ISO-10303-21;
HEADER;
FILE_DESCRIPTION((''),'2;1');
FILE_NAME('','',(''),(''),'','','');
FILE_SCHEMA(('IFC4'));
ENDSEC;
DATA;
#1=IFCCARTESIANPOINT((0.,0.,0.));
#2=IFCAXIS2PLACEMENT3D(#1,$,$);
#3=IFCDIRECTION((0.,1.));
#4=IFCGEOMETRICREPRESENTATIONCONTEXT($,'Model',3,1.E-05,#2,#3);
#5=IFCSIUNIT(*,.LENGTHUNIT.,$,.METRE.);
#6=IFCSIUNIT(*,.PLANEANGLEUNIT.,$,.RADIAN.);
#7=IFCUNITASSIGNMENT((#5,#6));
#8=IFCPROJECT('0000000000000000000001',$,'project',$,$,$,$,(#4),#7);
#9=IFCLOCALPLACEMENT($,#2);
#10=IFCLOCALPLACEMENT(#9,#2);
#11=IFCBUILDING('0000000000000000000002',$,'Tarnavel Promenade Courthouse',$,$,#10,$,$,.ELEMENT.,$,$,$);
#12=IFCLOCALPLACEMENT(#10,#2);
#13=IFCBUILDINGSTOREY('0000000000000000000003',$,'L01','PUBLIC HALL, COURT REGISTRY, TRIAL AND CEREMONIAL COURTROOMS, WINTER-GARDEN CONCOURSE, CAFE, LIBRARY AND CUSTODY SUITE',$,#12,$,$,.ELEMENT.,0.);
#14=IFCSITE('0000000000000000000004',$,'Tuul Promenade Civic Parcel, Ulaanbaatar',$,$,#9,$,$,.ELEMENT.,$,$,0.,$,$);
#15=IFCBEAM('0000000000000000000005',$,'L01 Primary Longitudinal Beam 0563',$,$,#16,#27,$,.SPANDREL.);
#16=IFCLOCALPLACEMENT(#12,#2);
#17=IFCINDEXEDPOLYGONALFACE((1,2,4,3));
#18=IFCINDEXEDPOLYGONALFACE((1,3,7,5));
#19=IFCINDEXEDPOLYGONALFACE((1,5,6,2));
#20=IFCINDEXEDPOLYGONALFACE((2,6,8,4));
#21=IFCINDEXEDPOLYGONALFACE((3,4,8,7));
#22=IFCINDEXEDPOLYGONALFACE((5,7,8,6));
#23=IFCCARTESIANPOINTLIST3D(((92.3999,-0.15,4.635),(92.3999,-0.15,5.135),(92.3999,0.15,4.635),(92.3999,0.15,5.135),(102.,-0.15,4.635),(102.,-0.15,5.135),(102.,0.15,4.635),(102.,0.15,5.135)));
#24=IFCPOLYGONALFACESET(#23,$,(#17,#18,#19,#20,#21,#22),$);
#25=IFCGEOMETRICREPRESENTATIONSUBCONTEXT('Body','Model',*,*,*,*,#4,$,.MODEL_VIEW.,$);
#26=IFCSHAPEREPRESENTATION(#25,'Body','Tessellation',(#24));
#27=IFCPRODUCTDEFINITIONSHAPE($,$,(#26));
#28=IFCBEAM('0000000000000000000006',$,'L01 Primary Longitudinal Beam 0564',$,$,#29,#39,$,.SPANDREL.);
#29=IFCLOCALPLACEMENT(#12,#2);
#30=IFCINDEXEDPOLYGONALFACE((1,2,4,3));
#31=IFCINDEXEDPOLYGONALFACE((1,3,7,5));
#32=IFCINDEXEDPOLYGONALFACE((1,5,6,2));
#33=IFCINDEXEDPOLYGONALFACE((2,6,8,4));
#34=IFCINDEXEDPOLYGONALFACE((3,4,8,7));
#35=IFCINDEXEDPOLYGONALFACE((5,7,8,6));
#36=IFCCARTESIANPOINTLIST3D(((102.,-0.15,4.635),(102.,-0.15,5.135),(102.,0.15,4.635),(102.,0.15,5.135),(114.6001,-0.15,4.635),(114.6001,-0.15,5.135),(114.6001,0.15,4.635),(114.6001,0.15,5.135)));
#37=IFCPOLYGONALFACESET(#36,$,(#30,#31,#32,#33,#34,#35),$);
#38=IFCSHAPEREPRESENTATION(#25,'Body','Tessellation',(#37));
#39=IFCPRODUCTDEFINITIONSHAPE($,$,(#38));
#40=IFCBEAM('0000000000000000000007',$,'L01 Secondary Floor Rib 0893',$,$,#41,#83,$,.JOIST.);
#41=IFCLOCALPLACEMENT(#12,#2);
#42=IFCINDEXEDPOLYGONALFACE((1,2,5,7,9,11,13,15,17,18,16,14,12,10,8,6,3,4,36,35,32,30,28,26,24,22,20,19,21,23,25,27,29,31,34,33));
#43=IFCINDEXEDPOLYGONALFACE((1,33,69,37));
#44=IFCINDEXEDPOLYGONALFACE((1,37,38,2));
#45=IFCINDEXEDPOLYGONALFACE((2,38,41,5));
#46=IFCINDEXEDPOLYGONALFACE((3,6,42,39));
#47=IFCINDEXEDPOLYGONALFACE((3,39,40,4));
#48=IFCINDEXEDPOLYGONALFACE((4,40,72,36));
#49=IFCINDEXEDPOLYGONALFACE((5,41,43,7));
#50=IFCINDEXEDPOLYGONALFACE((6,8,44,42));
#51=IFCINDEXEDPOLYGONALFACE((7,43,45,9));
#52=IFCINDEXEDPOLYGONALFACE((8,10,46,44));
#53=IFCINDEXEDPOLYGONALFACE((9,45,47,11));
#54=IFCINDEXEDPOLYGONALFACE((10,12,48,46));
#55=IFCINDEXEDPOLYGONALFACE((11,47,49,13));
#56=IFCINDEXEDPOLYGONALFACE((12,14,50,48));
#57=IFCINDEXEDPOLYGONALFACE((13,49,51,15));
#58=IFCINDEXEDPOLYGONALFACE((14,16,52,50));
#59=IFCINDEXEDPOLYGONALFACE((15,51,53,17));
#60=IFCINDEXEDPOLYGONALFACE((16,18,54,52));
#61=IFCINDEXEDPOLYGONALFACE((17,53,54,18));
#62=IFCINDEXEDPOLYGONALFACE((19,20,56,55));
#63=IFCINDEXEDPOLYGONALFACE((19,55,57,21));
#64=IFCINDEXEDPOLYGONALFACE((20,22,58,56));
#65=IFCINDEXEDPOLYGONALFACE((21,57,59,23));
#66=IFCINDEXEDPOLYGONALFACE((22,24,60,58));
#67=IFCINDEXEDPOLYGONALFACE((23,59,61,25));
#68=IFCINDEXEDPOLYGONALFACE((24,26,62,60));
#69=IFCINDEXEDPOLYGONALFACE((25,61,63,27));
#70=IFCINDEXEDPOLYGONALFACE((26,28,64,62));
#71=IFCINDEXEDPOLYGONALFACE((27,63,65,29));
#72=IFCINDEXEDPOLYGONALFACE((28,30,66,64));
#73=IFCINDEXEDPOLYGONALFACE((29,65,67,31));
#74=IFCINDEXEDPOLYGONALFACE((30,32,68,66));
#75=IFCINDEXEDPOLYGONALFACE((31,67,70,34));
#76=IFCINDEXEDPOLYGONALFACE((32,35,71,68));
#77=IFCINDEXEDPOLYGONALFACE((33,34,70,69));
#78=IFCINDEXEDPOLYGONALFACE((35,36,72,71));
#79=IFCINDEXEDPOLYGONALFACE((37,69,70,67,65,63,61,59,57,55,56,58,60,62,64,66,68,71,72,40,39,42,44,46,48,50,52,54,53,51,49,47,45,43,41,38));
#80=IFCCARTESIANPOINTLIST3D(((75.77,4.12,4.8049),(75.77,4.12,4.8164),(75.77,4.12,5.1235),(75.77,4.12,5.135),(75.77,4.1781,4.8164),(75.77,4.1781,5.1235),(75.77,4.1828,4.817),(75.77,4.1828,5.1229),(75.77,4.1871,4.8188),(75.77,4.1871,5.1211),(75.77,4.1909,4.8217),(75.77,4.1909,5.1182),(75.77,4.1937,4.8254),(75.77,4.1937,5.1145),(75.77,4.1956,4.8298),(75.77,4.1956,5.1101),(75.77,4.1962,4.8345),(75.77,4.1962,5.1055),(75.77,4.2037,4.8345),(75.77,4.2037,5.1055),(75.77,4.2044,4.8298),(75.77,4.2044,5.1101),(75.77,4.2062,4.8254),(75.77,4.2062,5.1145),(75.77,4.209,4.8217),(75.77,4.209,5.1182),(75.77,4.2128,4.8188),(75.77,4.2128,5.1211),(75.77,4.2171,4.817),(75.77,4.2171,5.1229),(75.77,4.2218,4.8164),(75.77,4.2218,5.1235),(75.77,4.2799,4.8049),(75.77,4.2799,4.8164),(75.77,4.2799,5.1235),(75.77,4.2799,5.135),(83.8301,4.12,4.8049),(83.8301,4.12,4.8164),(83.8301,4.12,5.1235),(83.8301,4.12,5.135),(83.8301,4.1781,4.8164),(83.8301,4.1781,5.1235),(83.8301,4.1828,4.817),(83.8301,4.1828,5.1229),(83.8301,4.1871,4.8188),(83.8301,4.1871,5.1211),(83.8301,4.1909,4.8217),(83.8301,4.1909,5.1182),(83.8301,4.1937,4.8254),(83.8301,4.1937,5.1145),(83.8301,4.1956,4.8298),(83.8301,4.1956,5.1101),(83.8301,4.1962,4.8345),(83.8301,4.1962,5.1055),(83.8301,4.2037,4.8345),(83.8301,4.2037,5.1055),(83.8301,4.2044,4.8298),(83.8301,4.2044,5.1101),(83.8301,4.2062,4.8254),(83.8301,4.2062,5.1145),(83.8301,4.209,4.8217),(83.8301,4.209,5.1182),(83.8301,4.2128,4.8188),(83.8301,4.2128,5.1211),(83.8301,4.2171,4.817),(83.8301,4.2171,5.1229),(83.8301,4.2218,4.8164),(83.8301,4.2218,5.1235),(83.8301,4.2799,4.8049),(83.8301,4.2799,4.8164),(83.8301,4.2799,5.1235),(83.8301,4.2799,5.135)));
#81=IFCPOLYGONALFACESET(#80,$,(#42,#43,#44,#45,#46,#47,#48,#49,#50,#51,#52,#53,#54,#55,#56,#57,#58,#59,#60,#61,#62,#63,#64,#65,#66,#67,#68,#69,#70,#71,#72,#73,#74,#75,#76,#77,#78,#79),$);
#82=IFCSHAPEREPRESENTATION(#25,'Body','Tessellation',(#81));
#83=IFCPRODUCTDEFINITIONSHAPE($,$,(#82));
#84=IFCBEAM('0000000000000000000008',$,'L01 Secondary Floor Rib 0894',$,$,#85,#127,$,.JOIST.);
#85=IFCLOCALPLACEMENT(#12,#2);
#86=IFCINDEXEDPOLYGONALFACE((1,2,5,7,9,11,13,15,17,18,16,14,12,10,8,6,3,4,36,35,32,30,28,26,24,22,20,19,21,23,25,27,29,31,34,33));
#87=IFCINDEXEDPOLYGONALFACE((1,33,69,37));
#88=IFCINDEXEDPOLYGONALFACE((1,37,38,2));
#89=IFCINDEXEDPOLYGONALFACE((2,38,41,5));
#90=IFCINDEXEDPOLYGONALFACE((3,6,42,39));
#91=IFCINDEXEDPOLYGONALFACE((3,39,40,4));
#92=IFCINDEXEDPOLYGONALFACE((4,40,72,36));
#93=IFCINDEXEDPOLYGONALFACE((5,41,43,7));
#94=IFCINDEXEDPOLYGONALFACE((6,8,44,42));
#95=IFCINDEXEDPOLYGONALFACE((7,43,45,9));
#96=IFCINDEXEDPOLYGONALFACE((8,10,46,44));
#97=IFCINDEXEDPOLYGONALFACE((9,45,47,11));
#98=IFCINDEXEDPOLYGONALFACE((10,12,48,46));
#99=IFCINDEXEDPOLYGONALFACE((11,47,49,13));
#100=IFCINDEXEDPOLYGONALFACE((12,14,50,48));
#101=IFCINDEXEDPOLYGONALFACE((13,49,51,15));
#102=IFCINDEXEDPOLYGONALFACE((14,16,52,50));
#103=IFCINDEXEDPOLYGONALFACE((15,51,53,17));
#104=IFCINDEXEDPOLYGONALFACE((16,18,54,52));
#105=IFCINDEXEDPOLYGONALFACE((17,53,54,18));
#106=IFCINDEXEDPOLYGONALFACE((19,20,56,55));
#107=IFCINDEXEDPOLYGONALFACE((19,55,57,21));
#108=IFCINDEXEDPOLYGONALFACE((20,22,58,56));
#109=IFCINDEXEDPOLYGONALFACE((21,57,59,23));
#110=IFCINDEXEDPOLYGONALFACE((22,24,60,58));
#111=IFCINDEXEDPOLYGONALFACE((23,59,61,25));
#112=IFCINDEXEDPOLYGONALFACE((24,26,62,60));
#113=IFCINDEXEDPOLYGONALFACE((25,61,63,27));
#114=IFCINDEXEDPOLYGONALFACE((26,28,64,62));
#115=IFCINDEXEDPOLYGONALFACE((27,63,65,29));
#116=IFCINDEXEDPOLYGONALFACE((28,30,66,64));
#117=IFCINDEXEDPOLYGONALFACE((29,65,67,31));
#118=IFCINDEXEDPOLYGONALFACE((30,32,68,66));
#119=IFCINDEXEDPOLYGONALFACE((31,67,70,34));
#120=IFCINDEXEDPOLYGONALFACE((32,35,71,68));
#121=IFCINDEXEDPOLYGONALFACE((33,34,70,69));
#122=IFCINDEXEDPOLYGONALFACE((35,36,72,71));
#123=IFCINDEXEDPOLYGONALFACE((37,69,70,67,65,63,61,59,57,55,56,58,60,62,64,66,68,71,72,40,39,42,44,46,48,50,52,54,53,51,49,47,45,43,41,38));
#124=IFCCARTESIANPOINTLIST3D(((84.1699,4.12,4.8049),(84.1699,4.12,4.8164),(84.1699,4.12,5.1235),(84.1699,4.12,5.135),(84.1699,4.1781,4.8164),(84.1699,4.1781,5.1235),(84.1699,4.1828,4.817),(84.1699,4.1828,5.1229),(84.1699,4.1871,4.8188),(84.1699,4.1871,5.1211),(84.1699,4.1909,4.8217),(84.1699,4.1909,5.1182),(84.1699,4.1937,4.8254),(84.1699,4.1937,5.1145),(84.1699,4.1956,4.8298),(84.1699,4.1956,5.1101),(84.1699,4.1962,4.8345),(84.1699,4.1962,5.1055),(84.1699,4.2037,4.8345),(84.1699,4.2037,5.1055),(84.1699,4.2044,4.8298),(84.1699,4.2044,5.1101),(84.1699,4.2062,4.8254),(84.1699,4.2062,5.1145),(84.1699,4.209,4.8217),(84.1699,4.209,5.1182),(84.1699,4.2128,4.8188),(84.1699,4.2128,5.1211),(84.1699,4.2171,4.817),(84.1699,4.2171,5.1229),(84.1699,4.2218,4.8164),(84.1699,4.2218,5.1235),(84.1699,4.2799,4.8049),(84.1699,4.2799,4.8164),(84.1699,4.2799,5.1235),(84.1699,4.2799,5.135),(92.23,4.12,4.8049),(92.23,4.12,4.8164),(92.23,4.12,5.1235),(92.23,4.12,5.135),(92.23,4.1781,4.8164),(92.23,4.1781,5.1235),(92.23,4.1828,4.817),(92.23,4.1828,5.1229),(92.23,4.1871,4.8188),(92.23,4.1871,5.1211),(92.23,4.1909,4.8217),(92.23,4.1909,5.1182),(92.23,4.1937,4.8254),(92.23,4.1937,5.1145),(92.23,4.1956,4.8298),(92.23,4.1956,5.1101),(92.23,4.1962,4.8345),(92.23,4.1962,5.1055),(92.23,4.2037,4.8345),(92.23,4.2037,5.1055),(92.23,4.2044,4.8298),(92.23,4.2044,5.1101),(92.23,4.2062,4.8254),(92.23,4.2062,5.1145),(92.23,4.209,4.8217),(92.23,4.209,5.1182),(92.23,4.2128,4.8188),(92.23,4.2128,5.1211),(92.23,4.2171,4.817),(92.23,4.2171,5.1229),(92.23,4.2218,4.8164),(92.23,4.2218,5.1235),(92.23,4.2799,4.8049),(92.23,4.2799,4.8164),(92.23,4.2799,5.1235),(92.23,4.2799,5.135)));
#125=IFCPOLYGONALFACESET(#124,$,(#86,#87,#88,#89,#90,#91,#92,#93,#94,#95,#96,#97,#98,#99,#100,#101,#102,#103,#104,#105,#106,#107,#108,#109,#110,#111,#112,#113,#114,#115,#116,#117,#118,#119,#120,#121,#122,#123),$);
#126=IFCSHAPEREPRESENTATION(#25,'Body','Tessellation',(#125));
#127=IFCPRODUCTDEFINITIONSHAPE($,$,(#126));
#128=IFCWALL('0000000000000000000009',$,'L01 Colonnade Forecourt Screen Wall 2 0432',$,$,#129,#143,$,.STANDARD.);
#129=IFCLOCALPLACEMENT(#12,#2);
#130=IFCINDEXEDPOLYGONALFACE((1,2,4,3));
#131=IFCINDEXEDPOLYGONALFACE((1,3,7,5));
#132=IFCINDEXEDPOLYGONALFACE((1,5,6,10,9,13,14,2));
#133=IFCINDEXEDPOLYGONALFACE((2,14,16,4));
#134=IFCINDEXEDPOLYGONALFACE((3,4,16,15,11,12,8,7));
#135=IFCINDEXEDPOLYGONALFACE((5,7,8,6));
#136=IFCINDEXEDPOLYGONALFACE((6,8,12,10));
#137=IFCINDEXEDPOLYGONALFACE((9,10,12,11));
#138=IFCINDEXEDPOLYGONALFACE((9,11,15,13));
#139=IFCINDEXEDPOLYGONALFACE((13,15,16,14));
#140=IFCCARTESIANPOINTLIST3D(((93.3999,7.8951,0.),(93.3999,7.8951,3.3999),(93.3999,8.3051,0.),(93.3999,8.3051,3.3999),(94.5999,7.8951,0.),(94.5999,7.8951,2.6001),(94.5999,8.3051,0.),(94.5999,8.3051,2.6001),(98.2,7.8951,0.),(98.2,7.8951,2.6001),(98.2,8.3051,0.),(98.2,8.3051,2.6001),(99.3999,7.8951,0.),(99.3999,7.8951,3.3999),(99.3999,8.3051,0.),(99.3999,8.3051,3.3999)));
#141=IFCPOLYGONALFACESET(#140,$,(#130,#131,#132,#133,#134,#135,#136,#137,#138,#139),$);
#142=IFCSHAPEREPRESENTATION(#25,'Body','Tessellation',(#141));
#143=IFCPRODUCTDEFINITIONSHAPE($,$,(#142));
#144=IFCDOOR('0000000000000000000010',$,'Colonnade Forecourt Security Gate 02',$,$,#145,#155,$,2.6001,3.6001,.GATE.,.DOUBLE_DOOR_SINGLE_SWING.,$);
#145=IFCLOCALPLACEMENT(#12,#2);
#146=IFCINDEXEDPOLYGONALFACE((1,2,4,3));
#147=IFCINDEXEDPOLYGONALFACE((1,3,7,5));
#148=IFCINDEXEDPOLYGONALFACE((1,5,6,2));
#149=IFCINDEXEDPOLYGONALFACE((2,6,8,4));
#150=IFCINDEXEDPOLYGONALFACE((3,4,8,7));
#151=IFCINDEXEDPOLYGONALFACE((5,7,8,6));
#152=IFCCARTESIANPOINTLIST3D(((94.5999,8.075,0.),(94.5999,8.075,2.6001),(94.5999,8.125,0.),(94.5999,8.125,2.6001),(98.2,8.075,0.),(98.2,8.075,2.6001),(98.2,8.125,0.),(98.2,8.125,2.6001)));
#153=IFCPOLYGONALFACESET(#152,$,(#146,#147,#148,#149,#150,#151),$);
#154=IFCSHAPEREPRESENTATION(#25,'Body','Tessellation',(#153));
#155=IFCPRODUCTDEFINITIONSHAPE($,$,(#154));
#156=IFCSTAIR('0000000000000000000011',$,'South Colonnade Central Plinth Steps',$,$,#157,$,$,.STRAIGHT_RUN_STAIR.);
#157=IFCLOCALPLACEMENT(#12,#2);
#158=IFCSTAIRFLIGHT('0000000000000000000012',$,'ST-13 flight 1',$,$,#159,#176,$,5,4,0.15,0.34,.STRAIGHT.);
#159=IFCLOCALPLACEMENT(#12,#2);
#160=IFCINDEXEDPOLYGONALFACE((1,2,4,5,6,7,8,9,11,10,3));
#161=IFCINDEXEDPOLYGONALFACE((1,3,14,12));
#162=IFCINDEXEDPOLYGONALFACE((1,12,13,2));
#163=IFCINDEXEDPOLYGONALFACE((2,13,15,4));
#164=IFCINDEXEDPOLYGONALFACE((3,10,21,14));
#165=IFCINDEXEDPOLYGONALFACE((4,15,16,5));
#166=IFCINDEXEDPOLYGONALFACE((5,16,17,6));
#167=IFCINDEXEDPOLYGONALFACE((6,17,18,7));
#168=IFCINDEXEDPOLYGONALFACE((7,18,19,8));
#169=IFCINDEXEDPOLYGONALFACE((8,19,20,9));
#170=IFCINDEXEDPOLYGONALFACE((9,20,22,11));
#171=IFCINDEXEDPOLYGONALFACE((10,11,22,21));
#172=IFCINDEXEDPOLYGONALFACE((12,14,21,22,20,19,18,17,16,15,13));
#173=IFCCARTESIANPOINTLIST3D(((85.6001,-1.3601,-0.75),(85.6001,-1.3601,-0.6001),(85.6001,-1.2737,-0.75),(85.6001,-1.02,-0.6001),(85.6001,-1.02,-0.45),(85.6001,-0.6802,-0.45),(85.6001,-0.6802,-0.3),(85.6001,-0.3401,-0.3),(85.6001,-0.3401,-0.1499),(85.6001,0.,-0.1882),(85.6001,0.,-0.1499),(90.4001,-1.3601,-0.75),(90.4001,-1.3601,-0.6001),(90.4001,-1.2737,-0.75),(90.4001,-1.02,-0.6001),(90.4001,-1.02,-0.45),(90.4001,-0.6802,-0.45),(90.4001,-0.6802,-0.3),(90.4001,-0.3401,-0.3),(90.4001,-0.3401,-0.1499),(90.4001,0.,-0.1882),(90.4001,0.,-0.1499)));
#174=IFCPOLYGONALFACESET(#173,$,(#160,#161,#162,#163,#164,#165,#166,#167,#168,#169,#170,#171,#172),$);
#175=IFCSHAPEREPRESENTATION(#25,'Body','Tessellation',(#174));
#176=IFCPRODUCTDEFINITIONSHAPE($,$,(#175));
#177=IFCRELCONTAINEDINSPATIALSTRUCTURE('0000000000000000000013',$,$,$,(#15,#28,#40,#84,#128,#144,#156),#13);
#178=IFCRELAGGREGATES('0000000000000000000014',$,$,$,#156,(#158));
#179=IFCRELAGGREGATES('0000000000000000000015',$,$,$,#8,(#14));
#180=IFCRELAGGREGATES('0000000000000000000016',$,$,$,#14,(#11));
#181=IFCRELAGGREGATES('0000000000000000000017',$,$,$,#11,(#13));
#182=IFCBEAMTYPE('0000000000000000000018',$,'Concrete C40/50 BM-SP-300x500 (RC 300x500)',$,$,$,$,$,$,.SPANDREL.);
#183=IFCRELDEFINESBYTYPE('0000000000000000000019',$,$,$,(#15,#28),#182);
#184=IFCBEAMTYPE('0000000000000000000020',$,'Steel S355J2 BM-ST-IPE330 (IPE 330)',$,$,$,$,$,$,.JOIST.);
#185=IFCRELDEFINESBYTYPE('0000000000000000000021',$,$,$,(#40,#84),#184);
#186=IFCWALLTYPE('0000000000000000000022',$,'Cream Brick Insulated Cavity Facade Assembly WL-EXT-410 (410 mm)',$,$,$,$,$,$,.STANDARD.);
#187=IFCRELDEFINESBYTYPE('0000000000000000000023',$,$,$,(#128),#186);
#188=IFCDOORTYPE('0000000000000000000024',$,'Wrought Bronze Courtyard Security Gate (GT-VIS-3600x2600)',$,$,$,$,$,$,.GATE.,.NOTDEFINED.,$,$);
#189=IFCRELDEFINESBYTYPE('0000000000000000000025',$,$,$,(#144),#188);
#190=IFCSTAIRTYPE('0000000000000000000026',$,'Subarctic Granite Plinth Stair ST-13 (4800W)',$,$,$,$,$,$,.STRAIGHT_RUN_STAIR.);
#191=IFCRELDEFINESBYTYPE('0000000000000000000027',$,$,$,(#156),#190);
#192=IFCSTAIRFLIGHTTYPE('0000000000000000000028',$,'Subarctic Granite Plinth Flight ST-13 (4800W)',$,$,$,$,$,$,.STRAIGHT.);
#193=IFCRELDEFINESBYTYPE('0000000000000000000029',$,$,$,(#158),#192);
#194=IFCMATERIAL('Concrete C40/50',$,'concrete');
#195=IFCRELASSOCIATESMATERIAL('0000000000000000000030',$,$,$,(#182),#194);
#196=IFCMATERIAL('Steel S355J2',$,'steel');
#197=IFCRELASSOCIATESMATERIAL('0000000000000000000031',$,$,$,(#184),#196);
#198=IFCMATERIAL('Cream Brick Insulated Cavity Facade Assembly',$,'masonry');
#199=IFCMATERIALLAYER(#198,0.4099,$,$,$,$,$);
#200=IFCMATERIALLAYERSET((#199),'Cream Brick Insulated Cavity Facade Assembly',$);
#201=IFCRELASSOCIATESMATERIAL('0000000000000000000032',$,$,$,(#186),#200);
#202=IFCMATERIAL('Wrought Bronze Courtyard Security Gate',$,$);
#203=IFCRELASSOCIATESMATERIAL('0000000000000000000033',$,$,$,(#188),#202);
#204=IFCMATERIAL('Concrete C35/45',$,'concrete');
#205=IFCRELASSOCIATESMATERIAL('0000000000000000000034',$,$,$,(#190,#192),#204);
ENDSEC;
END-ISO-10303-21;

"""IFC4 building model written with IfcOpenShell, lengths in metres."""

from ifc_helpers import new_model, si_unit, direction, frame, frame_2d, origin, origin_2d, place, context, subcontext, project, spatial, polyline, rectangle, i_section, outline, extrude, material, layer, layer_set, material_profile, profile_set, type_object, element, fill, aggregate, save


model = new_model("IFC4")

# Units and contexts
model_context = context("Model", 3, precision=1e-05, world=origin(), true_north=direction((0.0, 1.0)))
body_context = subcontext(model_context, "Body", "Model", "MODEL_VIEW")
ifc_project = project(units=[si_unit("LENGTHUNIT", "METRE"), si_unit("PLANEANGLEUNIT", "RADIAN")], contexts=[model_context])

# Site, building, storey
site_placement = place(None, origin())
site = spatial("IfcSite", under=ifc_project, at=site_placement, Name="Tuul Promenade Civic Parcel, Ulaanbaatar", CompositionType="ELEMENT", RefElevation=0.0)
building_placement = place(site_placement, origin())
building = spatial("IfcBuilding", under=site, at=building_placement, Name="Tarnavel Promenade Courthouse", CompositionType="ELEMENT")
storey_placement = place(building_placement, origin())
storey = spatial("IfcBuildingStorey", under=building, at=storey_placement, Name="L01", Description="PUBLIC HALL, COURT REGISTRY, TRIAL AND CEREMONIAL COURTROOMS, WINTER-GARDEN CONCOURSE, CAFE, LIBRARY AND CUSTODY SUITE", CompositionType="ELEMENT", Elevation=0.0)

# Shared definitions
ifc_material_1 = material(Name="Concrete C40/50", Category="concrete")

# Beams
ifc_material_profile_1 = material_profile(ifc_material_1, rectangle(XDim=0.3, YDim=0.5, at=origin_2d()), Name="RC 300x500")
ifc_profile_set_1 = profile_set([ifc_material_profile_1], Name="Concrete C40/50")
beam_type_1 = type_object("IfcBeamType", Name="Concrete C40/50 BM-SP-300x500 (RC 300x500)", PredefinedType="SPANDREL", material=ifc_profile_set_1)
beam_1_placement = place(storey_placement, frame((92.3999, 0.0, 4.885), z_axis=(1.0, 0.0, 0.0), x_axis=(0.0, 1.0, 0.0)))
element("IfcBeam", 1, at=beam_1_placement, inside=storey, type_object=beam_type_1, Name="L01 Primary Longitudinal Beam 0563", PredefinedType="SPANDREL", context=body_context, shape_type="SweptSolid", body=[
    extrude(rectangle(XDim=0.3, YDim=0.5, at=origin_2d()), origin(), (0.0, 0.0, 1.0), 9.6001),
])
beam_2_placement = place(storey_placement, frame((102.0, 0.0, 4.885), z_axis=(1.0, 0.0, 0.0), x_axis=(0.0, 1.0, 0.0)))
element("IfcBeam", 2, at=beam_2_placement, inside=storey, type_object=beam_type_1, Name="L01 Primary Longitudinal Beam 0564", PredefinedType="SPANDREL", context=body_context, shape_type="SweptSolid", body=[
    extrude(rectangle(XDim=0.3, YDim=0.5, at=origin_2d()), origin(), (0.0, 0.0, 1.0), 12.6001),
])
ifc_material_2 = material(Name="Steel S355J2", Category="steel")
ifc_material_profile_2 = material_profile(ifc_material_2, i_section(OverallWidth=0.1599, OverallDepth=0.3301, WebThickness=0.0076, FlangeThickness=0.0115, FilletRadius=0.0181, at=origin_2d()), Name="IPE 330")
ifc_profile_set_2 = profile_set([ifc_material_profile_2], Name="Steel S355J2")
beam_type_2 = type_object("IfcBeamType", Name="Steel S355J2 BM-ST-IPE330 (IPE 330)", PredefinedType="JOIST", material=ifc_profile_set_2)
for number, where, z_axis, x_axis, name in (
    (3, (75.77, 4.2, 4.97), (1.0, 0.0, 0.0), (0.0, 1.0, 0.0), "L01 Secondary Floor Rib 0893"),
    (4, (84.1699, 4.2, 4.97), (1.0, 0.0, 0.0), (0.0, 1.0, 0.0), "L01 Secondary Floor Rib 0894"),
):
    element("IfcBeam", number, at=place(storey_placement, frame(where, z_axis=z_axis, x_axis=x_axis)), inside=storey, type_object=beam_type_2, Name=name, PredefinedType="JOIST", context=body_context, shape_type="SweptSolid", body=[
        extrude(i_section(OverallWidth=0.1599, OverallDepth=0.3301, WebThickness=0.0076, FlangeThickness=0.0115, FilletRadius=0.0181, at=origin_2d()), origin(), (0.0, 0.0, 1.0), 8.0601),
    ])

# Wall, opening, door
ifc_material_3 = material(Name="Cream Brick Insulated Cavity Facade Assembly", Category="masonry")
ifc_layer_1 = layer(ifc_material_3, 0.4099)
ifc_layer_set_1 = layer_set([ifc_layer_1], Name="Cream Brick Insulated Cavity Facade Assembly")
wall_type = type_object("IfcWallType", Name="Cream Brick Insulated Cavity Facade Assembly WL-EXT-410 (410 mm)", PredefinedType="STANDARD", material=ifc_layer_set_1)
wall_placement = place(storey_placement, frame((93.3999, 8.1001, 0.0), z_axis=(0.0, 0.0, 1.0), x_axis=(1.0, 0.0, 0.0)))
wall = element("IfcWall", 5, at=wall_placement, inside=storey, type_object=wall_type, Name="L01 Colonnade Forecourt Screen Wall 2 0432", PredefinedType="STANDARD", context=body_context, shape_type="SweptSolid", body=[
    extrude(rectangle(XDim=6.0, YDim=0.4099, at=frame_2d((3.0, 0.0))), origin(), (0.0, 0.0, 1.0), 3.3999),
])
opening_placement = place(wall_placement, frame((1.2, 0.0, 0.0)))
opening = element("IfcOpeningElement", 6, at=opening_placement, cuts=wall, PredefinedType="OPENING", context=body_context, shape_type="SweptSolid", body=[
    extrude(rectangle(XDim=3.6001, YDim=2.6001, at=frame_2d((1.8, 1.3))), frame((0.0, 0.2148, 0.0), z_axis=(0.0, -1.0, 0.0), x_axis=(1.0, 0.0, 0.0)), (0.0, 0.0, 1.0), 0.4299),
])
ifc_material_4 = material(Name="Wrought Bronze Courtyard Security Gate")
door_type = type_object("IfcDoorType", Name="Wrought Bronze Courtyard Security Gate (GT-VIS-3600x2600)", OperationType="NOTDEFINED", PredefinedType="GATE", material=ifc_material_4)
door_placement = place(opening_placement, origin())
door = element("IfcDoor", 7, at=door_placement, inside=storey, type_object=door_type, Name="Colonnade Forecourt Security Gate 02", OperationType="DOUBLE_DOOR_SINGLE_SWING", OverallHeight=2.6001, OverallWidth=3.6001, PredefinedType="GATE", context=body_context, shape_type="SweptSolid", body=[
    extrude(rectangle(XDim=3.6001, YDim=2.6001, at=frame_2d((1.8, 1.3))), frame((0.0, 0.0249, 0.0), z_axis=(0.0, -1.0, 0.0), x_axis=(1.0, 0.0, 0.0)), (0.0, 0.0, 1.0), 0.05),
])
fill(opening, door)

# Stair, stair flight
ifc_material_5 = material(Name="Concrete C35/45", Category="concrete")
stair_type = type_object("IfcStairType", Name="Subarctic Granite Plinth Stair ST-13 (4800W)", PredefinedType="STRAIGHT_RUN_STAIR", material=ifc_material_5)
stair_placement = place(storey_placement, origin())
stair = element("IfcStair", 8, at=stair_placement, inside=storey, type_object=stair_type, Name="South Colonnade Central Plinth Steps", PredefinedType="STRAIGHT_RUN_STAIR")
stair_flight_type = type_object("IfcStairFlightType", Name="Subarctic Granite Plinth Flight ST-13 (4800W)", PredefinedType="STRAIGHT", material=ifc_material_5)
stair_flight_placement = place(storey_placement, frame((88.0, -1.3601, -0.75), z_axis=(0.0, 0.0, 1.0), x_axis=(0.0, 1.0, 0.0)))
stair_flight = element("IfcStairFlight", 9, at=stair_flight_placement, type_object=stair_flight_type, Name="ST-13 flight 1", NumberOfRisers=5, NumberOfTreads=4, PredefinedType="STRAIGHT", RiserHeight=0.15, TreadLength=0.34, context=body_context, shape_type="SweptSolid", body=[
    extrude(outline(polyline([(0.0, 0.0), (0.0, 0.1499), (0.3401, 0.1499), (0.3401, 0.3), (0.6799, 0.3), (0.6799, 0.45), (1.02, 0.45), (1.02, 0.6001), (1.3601, 0.6001), (1.3601, 0.75), (1.3601, 0.5618), (0.0864, 0.0), (0.0, 0.0)])), frame((0.0, 2.3999, 0.0), z_axis=(0.0, -1.0, 0.0), x_axis=(1.0, 0.0, 0.0)), (0.0, 0.0, 1.0), 4.8),
])
aggregate(stair, [stair_flight])

save(model, "model.ifc")
